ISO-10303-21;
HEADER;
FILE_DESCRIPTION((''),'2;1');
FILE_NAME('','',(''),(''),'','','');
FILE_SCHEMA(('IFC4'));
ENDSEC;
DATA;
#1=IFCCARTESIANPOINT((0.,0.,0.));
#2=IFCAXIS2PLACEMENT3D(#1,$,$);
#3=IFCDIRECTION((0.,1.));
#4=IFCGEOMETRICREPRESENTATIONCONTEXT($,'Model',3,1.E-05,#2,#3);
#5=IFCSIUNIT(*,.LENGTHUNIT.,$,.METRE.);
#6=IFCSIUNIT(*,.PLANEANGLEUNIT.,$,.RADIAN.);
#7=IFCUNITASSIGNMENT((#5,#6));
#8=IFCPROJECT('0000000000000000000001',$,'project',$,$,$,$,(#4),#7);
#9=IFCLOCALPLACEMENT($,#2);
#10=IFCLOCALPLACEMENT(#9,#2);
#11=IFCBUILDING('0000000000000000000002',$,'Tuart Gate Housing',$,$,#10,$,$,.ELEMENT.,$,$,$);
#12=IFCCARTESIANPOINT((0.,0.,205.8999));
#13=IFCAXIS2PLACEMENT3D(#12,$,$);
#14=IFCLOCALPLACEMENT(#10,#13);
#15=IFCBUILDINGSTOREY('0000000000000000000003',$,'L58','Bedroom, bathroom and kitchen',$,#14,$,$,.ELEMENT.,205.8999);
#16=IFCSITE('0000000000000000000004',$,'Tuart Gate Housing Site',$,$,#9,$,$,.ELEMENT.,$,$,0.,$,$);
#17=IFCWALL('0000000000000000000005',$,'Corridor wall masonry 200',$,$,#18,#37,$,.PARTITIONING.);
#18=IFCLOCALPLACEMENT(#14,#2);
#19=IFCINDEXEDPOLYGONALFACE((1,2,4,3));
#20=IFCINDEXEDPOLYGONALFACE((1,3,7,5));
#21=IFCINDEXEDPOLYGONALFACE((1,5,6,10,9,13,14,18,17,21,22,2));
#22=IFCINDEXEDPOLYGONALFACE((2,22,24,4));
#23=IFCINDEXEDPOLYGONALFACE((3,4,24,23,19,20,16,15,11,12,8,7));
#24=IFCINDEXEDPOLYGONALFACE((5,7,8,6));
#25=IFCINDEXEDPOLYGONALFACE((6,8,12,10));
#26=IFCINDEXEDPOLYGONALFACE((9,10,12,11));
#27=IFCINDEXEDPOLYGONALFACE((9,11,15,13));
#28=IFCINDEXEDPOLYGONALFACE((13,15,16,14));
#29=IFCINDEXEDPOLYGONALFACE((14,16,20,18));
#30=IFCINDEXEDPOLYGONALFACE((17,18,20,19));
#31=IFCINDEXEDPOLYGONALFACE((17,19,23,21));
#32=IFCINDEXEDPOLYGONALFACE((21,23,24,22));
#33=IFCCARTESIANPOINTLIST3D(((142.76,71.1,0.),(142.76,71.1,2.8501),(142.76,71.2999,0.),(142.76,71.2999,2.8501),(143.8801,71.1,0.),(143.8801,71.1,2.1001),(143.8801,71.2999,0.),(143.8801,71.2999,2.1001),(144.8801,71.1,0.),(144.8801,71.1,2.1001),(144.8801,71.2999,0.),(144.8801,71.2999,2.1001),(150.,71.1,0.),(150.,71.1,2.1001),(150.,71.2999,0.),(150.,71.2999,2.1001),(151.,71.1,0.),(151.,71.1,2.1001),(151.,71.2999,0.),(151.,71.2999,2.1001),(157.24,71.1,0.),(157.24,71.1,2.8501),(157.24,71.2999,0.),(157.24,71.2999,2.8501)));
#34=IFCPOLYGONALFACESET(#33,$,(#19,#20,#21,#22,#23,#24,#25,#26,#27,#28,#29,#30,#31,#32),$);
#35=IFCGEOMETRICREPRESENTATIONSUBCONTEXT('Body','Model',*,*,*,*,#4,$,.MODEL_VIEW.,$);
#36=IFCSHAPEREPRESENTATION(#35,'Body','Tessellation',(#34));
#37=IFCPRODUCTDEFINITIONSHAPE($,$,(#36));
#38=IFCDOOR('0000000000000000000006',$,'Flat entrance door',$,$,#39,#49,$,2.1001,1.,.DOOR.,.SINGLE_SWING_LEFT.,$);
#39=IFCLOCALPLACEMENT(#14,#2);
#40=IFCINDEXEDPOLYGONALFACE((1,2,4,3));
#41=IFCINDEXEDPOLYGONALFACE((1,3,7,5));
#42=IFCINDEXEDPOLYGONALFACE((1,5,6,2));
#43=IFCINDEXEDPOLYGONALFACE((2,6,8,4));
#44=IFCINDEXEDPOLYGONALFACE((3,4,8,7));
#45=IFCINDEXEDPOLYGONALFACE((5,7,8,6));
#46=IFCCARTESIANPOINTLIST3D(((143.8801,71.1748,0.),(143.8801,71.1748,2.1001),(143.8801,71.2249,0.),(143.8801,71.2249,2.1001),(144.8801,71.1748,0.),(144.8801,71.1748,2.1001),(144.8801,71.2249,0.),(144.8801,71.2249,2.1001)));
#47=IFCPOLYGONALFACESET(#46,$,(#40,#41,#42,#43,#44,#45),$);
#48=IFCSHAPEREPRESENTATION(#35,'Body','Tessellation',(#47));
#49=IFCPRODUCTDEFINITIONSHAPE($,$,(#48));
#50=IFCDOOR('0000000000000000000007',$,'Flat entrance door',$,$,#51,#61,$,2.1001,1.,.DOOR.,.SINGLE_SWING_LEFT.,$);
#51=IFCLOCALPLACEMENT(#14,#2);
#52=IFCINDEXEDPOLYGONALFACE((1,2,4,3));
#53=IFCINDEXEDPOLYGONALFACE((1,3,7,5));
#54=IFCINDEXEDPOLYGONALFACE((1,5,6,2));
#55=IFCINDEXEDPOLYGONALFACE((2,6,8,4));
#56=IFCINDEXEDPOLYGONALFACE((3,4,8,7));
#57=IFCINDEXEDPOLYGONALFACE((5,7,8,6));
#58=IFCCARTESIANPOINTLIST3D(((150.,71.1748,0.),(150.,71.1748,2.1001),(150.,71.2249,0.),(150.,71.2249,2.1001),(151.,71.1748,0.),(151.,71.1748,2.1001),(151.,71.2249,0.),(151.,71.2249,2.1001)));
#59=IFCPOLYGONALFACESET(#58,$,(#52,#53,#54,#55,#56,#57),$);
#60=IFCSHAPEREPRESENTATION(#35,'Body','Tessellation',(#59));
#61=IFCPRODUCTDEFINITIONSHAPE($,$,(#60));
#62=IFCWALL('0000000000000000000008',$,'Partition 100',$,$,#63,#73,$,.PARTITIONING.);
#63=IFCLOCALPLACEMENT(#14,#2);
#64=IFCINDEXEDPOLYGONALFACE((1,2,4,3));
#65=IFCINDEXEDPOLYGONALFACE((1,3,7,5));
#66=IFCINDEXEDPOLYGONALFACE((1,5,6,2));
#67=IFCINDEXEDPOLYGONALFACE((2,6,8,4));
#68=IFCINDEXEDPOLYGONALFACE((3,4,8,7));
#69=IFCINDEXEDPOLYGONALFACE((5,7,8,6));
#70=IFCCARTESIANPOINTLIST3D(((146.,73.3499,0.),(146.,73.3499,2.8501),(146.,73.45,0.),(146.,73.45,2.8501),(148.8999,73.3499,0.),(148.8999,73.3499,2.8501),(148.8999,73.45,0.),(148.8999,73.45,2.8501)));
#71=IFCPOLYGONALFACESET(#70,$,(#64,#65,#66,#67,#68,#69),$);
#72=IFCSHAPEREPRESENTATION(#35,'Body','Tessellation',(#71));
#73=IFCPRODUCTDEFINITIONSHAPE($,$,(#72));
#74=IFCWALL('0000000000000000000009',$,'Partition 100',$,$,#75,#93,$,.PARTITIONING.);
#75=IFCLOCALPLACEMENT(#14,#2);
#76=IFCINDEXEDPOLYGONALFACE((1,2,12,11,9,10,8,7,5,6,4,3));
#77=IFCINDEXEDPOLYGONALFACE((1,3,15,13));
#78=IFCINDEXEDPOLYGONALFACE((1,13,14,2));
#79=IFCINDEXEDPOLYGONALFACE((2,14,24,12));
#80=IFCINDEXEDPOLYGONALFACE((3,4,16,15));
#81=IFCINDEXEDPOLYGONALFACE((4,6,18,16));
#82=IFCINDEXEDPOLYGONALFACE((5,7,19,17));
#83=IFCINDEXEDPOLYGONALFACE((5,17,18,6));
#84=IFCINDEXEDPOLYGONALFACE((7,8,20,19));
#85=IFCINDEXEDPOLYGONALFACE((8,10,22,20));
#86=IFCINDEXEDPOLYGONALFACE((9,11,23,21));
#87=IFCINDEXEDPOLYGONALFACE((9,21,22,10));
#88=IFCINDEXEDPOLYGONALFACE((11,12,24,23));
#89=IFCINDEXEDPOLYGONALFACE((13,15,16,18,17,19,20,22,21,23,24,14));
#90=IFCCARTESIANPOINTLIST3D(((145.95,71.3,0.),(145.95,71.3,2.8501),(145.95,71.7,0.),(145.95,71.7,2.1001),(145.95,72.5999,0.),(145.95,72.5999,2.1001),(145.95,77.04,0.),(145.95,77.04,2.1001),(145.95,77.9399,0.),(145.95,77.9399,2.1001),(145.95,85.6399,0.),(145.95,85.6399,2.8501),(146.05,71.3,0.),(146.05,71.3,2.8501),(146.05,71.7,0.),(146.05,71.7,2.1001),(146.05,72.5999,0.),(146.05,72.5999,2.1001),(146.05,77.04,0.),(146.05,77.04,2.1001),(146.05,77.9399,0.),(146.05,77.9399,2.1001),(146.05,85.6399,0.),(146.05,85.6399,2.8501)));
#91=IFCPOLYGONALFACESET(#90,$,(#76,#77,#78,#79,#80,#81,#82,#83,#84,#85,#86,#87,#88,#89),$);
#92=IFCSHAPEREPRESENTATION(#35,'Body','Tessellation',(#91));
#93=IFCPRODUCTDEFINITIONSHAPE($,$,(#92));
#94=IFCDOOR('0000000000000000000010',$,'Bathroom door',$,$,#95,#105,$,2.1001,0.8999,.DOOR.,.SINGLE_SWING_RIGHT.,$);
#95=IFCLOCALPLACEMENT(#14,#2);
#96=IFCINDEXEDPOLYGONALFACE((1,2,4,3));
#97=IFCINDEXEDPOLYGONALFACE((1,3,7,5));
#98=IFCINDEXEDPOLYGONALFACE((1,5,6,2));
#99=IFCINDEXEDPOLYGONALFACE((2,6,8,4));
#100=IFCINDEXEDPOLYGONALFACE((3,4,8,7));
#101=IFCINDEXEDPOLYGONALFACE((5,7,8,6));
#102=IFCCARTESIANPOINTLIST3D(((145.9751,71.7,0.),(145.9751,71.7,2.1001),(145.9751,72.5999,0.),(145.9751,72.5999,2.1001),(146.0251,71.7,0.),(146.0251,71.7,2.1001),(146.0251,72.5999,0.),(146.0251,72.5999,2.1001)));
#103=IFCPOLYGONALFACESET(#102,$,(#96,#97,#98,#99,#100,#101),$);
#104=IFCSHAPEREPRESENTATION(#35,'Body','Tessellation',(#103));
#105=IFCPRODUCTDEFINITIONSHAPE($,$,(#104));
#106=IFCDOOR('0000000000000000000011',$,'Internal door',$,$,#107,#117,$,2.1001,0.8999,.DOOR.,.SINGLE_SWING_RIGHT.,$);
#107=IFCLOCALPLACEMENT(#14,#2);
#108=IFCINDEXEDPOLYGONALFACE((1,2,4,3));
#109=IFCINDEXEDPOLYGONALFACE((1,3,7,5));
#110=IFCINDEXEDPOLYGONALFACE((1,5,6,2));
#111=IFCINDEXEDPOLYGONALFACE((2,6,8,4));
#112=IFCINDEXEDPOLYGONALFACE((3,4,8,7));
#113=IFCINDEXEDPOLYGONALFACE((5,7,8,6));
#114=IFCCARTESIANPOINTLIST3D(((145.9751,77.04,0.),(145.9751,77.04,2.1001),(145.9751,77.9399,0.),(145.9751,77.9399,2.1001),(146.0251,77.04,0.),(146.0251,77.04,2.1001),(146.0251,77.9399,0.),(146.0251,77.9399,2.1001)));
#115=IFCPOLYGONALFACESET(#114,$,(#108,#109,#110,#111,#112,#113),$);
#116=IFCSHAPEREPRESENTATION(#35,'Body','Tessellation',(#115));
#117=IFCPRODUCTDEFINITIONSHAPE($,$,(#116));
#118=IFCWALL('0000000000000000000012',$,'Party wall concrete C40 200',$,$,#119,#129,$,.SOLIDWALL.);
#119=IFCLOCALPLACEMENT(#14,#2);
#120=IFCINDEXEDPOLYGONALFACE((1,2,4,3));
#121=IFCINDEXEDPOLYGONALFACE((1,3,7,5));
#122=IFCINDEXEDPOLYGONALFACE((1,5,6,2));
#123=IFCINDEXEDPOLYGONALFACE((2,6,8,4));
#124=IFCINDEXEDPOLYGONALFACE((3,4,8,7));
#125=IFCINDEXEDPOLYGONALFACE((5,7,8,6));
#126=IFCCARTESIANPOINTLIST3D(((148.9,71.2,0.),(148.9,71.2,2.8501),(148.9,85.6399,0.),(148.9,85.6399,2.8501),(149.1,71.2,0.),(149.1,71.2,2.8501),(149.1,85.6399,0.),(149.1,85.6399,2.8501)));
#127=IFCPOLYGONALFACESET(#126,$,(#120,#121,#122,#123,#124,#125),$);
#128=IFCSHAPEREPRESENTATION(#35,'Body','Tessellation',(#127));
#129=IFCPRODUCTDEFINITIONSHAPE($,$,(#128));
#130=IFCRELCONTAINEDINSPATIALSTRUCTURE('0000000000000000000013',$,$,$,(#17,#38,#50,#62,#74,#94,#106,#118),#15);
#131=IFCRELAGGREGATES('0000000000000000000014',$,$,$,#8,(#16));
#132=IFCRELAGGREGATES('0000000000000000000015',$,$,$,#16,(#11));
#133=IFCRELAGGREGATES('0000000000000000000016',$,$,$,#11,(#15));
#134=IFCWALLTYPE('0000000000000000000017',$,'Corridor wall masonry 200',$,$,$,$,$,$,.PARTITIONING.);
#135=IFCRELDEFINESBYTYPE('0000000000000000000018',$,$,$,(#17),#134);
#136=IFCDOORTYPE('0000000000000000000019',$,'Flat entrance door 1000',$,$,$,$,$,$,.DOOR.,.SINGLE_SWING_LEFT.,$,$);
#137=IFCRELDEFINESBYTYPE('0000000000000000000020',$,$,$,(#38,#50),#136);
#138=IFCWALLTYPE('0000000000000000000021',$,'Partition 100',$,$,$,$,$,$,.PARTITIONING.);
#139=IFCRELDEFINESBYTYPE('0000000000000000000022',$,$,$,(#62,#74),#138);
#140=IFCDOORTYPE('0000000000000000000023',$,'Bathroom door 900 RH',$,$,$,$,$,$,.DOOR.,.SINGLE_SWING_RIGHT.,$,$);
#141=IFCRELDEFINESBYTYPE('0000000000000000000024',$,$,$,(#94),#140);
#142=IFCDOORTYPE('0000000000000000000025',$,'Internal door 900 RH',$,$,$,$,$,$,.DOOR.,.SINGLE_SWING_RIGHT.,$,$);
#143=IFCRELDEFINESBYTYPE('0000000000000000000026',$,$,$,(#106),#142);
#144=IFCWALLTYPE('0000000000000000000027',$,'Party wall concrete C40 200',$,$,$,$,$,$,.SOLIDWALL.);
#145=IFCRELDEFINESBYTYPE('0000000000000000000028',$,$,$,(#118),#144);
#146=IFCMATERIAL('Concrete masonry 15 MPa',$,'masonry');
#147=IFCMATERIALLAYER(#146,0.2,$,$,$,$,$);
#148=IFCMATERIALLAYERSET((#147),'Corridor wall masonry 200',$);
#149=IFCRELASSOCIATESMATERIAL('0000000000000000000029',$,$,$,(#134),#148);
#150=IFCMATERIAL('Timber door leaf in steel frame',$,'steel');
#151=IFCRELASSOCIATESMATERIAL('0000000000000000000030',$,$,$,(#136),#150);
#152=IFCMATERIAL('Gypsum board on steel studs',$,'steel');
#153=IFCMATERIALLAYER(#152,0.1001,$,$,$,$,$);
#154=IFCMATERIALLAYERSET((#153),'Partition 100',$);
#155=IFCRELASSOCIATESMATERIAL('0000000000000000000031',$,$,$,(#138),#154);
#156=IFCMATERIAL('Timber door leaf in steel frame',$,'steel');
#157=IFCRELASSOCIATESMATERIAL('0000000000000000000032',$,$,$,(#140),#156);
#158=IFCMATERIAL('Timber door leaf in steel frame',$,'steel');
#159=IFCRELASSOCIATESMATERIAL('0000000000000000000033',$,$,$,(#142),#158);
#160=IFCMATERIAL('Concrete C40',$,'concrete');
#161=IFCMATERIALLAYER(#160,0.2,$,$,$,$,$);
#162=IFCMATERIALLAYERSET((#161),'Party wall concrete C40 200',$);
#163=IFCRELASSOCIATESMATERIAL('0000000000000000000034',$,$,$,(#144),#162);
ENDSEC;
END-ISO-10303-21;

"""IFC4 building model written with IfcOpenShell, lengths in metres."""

from ifc_helpers import new_model, si_unit, direction, frame, frame_2d, origin, place, context, subcontext, project, spatial, rectangle, extrude, material, layer, layer_set, type_object, element, fill, save


model = new_model("IFC4")

# Units and contexts
model_context = context("Model", 3, precision=1e-05, world=origin(), true_north=direction((0.0, 1.0)))
body_context = subcontext(model_context, "Body", "Model", "MODEL_VIEW")
ifc_project = project(units=[si_unit("LENGTHUNIT", "METRE"), si_unit("PLANEANGLEUNIT", "RADIAN")], contexts=[model_context])

# Site, building, storey
site_placement = place(None, origin())
site = spatial("IfcSite", under=ifc_project, at=site_placement, Name="Tuart Gate Housing Site", CompositionType="ELEMENT", RefElevation=0.0)
building_placement = place(site_placement, origin())
building = spatial("IfcBuilding", under=site, at=building_placement, Name="Tuart Gate Housing", CompositionType="ELEMENT")
storey_placement = place(building_placement, frame((0.0, 0.0, 205.8999)))
storey = spatial("IfcBuildingStorey", under=building, at=storey_placement, Name="L58", Description="Bedroom, bathroom and kitchen", CompositionType="ELEMENT", Elevation=205.8999)

# Wall, openings, doors
ifc_material_1 = material(Name="Concrete masonry 15 MPa", Category="masonry")
ifc_layer_1 = layer(ifc_material_1, 0.2)
ifc_layer_set_1 = layer_set([ifc_layer_1], Name="Corridor wall masonry 200")
wall_type_1 = type_object("IfcWallType", Name="Corridor wall masonry 200", PredefinedType="PARTITIONING", material=ifc_layer_set_1)
wall_1_placement = place(storey_placement, frame((142.76, 71.2, 0.0), z_axis=(0.0, 0.0, 1.0), x_axis=(1.0, 0.0, 0.0)))
wall_1 = element("IfcWall", 1, at=wall_1_placement, inside=storey, type_object=wall_type_1, Name="Corridor wall masonry 200", PredefinedType="PARTITIONING", context=body_context, shape_type="SweptSolid", body=[
    extrude(rectangle(XDim=14.48, YDim=0.2, at=frame_2d((7.24, 0.0))), origin(), (0.0, 0.0, 1.0), 2.8501),
])
opening_1_placement = place(wall_1_placement, frame((1.1201, 0.0, 0.0)))
opening_1 = element("IfcOpeningElement", 2, at=opening_1_placement, cuts=wall_1, PredefinedType="OPENING", context=body_context, shape_type="SweptSolid", body=[
    extrude(rectangle(XDim=1.0, YDim=2.1001, at=frame_2d((0.5, 1.05))), frame((0.0, 0.1099, 0.0), z_axis=(0.0, -1.0, 0.0), x_axis=(1.0, 0.0, 0.0)), (0.0, 0.0, 1.0), 0.22),
])
opening_2_placement = place(wall_1_placement, frame((7.24, 0.0, 0.0)))
opening_2 = element("IfcOpeningElement", 3, at=opening_2_placement, cuts=wall_1, PredefinedType="OPENING", context=body_context, shape_type="SweptSolid", body=[
    extrude(rectangle(XDim=1.0, YDim=2.1001, at=frame_2d((0.5, 1.05))), frame((0.0, 0.1099, 0.0), z_axis=(0.0, -1.0, 0.0), x_axis=(1.0, 0.0, 0.0)), (0.0, 0.0, 1.0), 0.22),
])
ifc_material_2 = material(Name="Timber door leaf in steel frame", Category="steel")
door_type_1 = type_object("IfcDoorType", Name="Flat entrance door 1000", OperationType="SINGLE_SWING_LEFT", PredefinedType="DOOR", material=ifc_material_2)
door_1_placement = place(opening_1_placement, origin())
door_1 = element("IfcDoor", 4, at=door_1_placement, inside=storey, type_object=door_type_1, Name="Flat entrance door", OperationType="SINGLE_SWING_LEFT", OverallHeight=2.1001, OverallWidth=1.0, PredefinedType="DOOR", context=body_context, shape_type="SweptSolid", body=[
    extrude(rectangle(XDim=1.0, YDim=2.1001, at=frame_2d((0.5, 1.05))), frame((0.0, 0.0249, 0.0), z_axis=(0.0, -1.0, 0.0), x_axis=(1.0, 0.0, 0.0)), (0.0, 0.0, 1.0), 0.05),
])
fill(opening_1, door_1)
door_2_placement = place(opening_2_placement, origin())
door_2 = element("IfcDoor", 5, at=door_2_placement, inside=storey, type_object=door_type_1, Name="Flat entrance door", OperationType="SINGLE_SWING_LEFT", OverallHeight=2.1001, OverallWidth=1.0, PredefinedType="DOOR", context=body_context, shape_type="SweptSolid", body=[
    extrude(rectangle(XDim=1.0, YDim=2.1001, at=frame_2d((0.5, 1.05))), frame((0.0, 0.0249, 0.0), z_axis=(0.0, -1.0, 0.0), x_axis=(1.0, 0.0, 0.0)), (0.0, 0.0, 1.0), 0.05),
])
fill(opening_2, door_2)

# Wall
ifc_material_3 = material(Name="Gypsum board on steel studs", Category="steel")
ifc_layer_2 = layer(ifc_material_3, 0.1001)
ifc_layer_set_2 = layer_set([ifc_layer_2], Name="Partition 100")
wall_type_2 = type_object("IfcWallType", Name="Partition 100", PredefinedType="PARTITIONING", material=ifc_layer_set_2)
wall_2_placement = place(storey_placement, frame((146.0, 73.3999, 0.0), z_axis=(0.0, 0.0, 1.0), x_axis=(1.0, 0.0, 0.0)))
element("IfcWall", 6, at=wall_2_placement, inside=storey, type_object=wall_type_2, Name="Partition 100", PredefinedType="PARTITIONING", context=body_context, shape_type="SweptSolid", body=[
    extrude(rectangle(XDim=2.8999, YDim=0.1001, at=frame_2d((1.45, 0.0))), origin(), (0.0, 0.0, 1.0), 2.8501),
])

# Wall, openings, doors
wall_3_placement = place(storey_placement, frame((146.0, 71.3, 0.0), z_axis=(0.0, 0.0, 1.0), x_axis=(0.0, 1.0, 0.0)))
wall_3 = element("IfcWall", 7, at=wall_3_placement, inside=storey, type_object=wall_type_2, Name="Partition 100", PredefinedType="PARTITIONING", context=body_context, shape_type="SweptSolid", body=[
    extrude(rectangle(XDim=14.3398, YDim=0.1001, at=frame_2d((7.1699, 0.0))), origin(), (0.0, 0.0, 1.0), 2.8501),
])
opening_3_placement = place(wall_3_placement, frame((5.74, 0.0, 0.0)))
opening_3 = element("IfcOpeningElement", 8, at=opening_3_placement, cuts=wall_3, PredefinedType="OPENING", context=body_context, shape_type="SweptSolid", body=[
    extrude(rectangle(XDim=0.8999, YDim=2.1001, at=frame_2d((0.45, 1.05))), frame((0.0, 0.0601, 0.0), z_axis=(0.0, -1.0, 0.0), x_axis=(1.0, 0.0, 0.0)), (0.0, 0.0, 1.0), 0.1201),
])
opening_4_placement = place(wall_3_placement, frame((0.3999, 0.0, 0.0)))
opening_4 = element("IfcOpeningElement", 9, at=opening_4_placement, cuts=wall_3, PredefinedType="OPENING", context=body_context, shape_type="SweptSolid", body=[
    extrude(rectangle(XDim=0.8999, YDim=2.1001, at=frame_2d((0.45, 1.05))), frame((0.0, 0.0601, 0.0), z_axis=(0.0, -1.0, 0.0), x_axis=(1.0, 0.0, 0.0)), (0.0, 0.0, 1.0), 0.1201),
])
ifc_material_4 = material(Name="Timber door leaf in steel frame", Category="steel")
door_type_2 = type_object("IfcDoorType", Name="Bathroom door 900 RH", OperationType="SINGLE_SWING_RIGHT", PredefinedType="DOOR", material=ifc_material_4)
door_3_placement = place(opening_4_placement, frame((0.8999, 0.0, 0.0), z_axis=(0.0, 0.0, 1.0), x_axis=(-1.0, 0.0, 0.0)))
door_3 = element("IfcDoor", 10, at=door_3_placement, inside=storey, type_object=door_type_2, Name="Bathroom door", OperationType="SINGLE_SWING_RIGHT", OverallHeight=2.1001, OverallWidth=0.8999, PredefinedType="DOOR", context=body_context, shape_type="SweptSolid", body=[
    extrude(rectangle(XDim=0.8999, YDim=2.1001, at=frame_2d((0.45, 1.05))), frame((0.0, 0.0251, 0.0), z_axis=(0.0, -1.0, 0.0), x_axis=(1.0, 0.0, 0.0)), (0.0, 0.0, 1.0), 0.05),
])
fill(opening_4, door_3)
ifc_material_5 = material(Name="Timber door leaf in steel frame", Category="steel")
door_type_3 = type_object("IfcDoorType", Name="Internal door 900 RH", OperationType="SINGLE_SWING_RIGHT", PredefinedType="DOOR", material=ifc_material_5)
door_4_placement = place(opening_3_placement, frame((0.8999, 0.0, 0.0), z_axis=(0.0, 0.0, 1.0), x_axis=(-1.0, 0.0, 0.0)))
door_4 = element("IfcDoor", 11, at=door_4_placement, inside=storey, type_object=door_type_3, Name="Internal door", OperationType="SINGLE_SWING_RIGHT", OverallHeight=2.1001, OverallWidth=0.8999, PredefinedType="DOOR", context=body_context, shape_type="SweptSolid", body=[
    extrude(rectangle(XDim=0.8999, YDim=2.1001, at=frame_2d((0.45, 1.05))), frame((0.0, 0.0251, 0.0), z_axis=(0.0, -1.0, 0.0), x_axis=(1.0, 0.0, 0.0)), (0.0, 0.0, 1.0), 0.05),
])
fill(opening_3, door_4)

# Wall
ifc_material_6 = material(Name="Concrete C40", Category="concrete")
ifc_layer_3 = layer(ifc_material_6, 0.2)
ifc_layer_set_3 = layer_set([ifc_layer_3], Name="Party wall concrete C40 200")
wall_type_3 = type_object("IfcWallType", Name="Party wall concrete C40 200", PredefinedType="SOLIDWALL", material=ifc_layer_set_3)
wall_4_placement = place(storey_placement, frame((149.0, 71.2, 0.0), z_axis=(0.0, 0.0, 1.0), x_axis=(0.0, 1.0, 0.0)))
element("IfcWall", 12, at=wall_4_placement, inside=storey, type_object=wall_type_3, Name="Party wall concrete C40 200", PredefinedType="SOLIDWALL", context=body_context, shape_type="SweptSolid", body=[
    extrude(rectangle(XDim=14.4399, YDim=0.2, at=frame_2d((7.22, 0.0))), origin(), (0.0, 0.0, 1.0), 2.8501),
])

save(model, "model.ifc")
